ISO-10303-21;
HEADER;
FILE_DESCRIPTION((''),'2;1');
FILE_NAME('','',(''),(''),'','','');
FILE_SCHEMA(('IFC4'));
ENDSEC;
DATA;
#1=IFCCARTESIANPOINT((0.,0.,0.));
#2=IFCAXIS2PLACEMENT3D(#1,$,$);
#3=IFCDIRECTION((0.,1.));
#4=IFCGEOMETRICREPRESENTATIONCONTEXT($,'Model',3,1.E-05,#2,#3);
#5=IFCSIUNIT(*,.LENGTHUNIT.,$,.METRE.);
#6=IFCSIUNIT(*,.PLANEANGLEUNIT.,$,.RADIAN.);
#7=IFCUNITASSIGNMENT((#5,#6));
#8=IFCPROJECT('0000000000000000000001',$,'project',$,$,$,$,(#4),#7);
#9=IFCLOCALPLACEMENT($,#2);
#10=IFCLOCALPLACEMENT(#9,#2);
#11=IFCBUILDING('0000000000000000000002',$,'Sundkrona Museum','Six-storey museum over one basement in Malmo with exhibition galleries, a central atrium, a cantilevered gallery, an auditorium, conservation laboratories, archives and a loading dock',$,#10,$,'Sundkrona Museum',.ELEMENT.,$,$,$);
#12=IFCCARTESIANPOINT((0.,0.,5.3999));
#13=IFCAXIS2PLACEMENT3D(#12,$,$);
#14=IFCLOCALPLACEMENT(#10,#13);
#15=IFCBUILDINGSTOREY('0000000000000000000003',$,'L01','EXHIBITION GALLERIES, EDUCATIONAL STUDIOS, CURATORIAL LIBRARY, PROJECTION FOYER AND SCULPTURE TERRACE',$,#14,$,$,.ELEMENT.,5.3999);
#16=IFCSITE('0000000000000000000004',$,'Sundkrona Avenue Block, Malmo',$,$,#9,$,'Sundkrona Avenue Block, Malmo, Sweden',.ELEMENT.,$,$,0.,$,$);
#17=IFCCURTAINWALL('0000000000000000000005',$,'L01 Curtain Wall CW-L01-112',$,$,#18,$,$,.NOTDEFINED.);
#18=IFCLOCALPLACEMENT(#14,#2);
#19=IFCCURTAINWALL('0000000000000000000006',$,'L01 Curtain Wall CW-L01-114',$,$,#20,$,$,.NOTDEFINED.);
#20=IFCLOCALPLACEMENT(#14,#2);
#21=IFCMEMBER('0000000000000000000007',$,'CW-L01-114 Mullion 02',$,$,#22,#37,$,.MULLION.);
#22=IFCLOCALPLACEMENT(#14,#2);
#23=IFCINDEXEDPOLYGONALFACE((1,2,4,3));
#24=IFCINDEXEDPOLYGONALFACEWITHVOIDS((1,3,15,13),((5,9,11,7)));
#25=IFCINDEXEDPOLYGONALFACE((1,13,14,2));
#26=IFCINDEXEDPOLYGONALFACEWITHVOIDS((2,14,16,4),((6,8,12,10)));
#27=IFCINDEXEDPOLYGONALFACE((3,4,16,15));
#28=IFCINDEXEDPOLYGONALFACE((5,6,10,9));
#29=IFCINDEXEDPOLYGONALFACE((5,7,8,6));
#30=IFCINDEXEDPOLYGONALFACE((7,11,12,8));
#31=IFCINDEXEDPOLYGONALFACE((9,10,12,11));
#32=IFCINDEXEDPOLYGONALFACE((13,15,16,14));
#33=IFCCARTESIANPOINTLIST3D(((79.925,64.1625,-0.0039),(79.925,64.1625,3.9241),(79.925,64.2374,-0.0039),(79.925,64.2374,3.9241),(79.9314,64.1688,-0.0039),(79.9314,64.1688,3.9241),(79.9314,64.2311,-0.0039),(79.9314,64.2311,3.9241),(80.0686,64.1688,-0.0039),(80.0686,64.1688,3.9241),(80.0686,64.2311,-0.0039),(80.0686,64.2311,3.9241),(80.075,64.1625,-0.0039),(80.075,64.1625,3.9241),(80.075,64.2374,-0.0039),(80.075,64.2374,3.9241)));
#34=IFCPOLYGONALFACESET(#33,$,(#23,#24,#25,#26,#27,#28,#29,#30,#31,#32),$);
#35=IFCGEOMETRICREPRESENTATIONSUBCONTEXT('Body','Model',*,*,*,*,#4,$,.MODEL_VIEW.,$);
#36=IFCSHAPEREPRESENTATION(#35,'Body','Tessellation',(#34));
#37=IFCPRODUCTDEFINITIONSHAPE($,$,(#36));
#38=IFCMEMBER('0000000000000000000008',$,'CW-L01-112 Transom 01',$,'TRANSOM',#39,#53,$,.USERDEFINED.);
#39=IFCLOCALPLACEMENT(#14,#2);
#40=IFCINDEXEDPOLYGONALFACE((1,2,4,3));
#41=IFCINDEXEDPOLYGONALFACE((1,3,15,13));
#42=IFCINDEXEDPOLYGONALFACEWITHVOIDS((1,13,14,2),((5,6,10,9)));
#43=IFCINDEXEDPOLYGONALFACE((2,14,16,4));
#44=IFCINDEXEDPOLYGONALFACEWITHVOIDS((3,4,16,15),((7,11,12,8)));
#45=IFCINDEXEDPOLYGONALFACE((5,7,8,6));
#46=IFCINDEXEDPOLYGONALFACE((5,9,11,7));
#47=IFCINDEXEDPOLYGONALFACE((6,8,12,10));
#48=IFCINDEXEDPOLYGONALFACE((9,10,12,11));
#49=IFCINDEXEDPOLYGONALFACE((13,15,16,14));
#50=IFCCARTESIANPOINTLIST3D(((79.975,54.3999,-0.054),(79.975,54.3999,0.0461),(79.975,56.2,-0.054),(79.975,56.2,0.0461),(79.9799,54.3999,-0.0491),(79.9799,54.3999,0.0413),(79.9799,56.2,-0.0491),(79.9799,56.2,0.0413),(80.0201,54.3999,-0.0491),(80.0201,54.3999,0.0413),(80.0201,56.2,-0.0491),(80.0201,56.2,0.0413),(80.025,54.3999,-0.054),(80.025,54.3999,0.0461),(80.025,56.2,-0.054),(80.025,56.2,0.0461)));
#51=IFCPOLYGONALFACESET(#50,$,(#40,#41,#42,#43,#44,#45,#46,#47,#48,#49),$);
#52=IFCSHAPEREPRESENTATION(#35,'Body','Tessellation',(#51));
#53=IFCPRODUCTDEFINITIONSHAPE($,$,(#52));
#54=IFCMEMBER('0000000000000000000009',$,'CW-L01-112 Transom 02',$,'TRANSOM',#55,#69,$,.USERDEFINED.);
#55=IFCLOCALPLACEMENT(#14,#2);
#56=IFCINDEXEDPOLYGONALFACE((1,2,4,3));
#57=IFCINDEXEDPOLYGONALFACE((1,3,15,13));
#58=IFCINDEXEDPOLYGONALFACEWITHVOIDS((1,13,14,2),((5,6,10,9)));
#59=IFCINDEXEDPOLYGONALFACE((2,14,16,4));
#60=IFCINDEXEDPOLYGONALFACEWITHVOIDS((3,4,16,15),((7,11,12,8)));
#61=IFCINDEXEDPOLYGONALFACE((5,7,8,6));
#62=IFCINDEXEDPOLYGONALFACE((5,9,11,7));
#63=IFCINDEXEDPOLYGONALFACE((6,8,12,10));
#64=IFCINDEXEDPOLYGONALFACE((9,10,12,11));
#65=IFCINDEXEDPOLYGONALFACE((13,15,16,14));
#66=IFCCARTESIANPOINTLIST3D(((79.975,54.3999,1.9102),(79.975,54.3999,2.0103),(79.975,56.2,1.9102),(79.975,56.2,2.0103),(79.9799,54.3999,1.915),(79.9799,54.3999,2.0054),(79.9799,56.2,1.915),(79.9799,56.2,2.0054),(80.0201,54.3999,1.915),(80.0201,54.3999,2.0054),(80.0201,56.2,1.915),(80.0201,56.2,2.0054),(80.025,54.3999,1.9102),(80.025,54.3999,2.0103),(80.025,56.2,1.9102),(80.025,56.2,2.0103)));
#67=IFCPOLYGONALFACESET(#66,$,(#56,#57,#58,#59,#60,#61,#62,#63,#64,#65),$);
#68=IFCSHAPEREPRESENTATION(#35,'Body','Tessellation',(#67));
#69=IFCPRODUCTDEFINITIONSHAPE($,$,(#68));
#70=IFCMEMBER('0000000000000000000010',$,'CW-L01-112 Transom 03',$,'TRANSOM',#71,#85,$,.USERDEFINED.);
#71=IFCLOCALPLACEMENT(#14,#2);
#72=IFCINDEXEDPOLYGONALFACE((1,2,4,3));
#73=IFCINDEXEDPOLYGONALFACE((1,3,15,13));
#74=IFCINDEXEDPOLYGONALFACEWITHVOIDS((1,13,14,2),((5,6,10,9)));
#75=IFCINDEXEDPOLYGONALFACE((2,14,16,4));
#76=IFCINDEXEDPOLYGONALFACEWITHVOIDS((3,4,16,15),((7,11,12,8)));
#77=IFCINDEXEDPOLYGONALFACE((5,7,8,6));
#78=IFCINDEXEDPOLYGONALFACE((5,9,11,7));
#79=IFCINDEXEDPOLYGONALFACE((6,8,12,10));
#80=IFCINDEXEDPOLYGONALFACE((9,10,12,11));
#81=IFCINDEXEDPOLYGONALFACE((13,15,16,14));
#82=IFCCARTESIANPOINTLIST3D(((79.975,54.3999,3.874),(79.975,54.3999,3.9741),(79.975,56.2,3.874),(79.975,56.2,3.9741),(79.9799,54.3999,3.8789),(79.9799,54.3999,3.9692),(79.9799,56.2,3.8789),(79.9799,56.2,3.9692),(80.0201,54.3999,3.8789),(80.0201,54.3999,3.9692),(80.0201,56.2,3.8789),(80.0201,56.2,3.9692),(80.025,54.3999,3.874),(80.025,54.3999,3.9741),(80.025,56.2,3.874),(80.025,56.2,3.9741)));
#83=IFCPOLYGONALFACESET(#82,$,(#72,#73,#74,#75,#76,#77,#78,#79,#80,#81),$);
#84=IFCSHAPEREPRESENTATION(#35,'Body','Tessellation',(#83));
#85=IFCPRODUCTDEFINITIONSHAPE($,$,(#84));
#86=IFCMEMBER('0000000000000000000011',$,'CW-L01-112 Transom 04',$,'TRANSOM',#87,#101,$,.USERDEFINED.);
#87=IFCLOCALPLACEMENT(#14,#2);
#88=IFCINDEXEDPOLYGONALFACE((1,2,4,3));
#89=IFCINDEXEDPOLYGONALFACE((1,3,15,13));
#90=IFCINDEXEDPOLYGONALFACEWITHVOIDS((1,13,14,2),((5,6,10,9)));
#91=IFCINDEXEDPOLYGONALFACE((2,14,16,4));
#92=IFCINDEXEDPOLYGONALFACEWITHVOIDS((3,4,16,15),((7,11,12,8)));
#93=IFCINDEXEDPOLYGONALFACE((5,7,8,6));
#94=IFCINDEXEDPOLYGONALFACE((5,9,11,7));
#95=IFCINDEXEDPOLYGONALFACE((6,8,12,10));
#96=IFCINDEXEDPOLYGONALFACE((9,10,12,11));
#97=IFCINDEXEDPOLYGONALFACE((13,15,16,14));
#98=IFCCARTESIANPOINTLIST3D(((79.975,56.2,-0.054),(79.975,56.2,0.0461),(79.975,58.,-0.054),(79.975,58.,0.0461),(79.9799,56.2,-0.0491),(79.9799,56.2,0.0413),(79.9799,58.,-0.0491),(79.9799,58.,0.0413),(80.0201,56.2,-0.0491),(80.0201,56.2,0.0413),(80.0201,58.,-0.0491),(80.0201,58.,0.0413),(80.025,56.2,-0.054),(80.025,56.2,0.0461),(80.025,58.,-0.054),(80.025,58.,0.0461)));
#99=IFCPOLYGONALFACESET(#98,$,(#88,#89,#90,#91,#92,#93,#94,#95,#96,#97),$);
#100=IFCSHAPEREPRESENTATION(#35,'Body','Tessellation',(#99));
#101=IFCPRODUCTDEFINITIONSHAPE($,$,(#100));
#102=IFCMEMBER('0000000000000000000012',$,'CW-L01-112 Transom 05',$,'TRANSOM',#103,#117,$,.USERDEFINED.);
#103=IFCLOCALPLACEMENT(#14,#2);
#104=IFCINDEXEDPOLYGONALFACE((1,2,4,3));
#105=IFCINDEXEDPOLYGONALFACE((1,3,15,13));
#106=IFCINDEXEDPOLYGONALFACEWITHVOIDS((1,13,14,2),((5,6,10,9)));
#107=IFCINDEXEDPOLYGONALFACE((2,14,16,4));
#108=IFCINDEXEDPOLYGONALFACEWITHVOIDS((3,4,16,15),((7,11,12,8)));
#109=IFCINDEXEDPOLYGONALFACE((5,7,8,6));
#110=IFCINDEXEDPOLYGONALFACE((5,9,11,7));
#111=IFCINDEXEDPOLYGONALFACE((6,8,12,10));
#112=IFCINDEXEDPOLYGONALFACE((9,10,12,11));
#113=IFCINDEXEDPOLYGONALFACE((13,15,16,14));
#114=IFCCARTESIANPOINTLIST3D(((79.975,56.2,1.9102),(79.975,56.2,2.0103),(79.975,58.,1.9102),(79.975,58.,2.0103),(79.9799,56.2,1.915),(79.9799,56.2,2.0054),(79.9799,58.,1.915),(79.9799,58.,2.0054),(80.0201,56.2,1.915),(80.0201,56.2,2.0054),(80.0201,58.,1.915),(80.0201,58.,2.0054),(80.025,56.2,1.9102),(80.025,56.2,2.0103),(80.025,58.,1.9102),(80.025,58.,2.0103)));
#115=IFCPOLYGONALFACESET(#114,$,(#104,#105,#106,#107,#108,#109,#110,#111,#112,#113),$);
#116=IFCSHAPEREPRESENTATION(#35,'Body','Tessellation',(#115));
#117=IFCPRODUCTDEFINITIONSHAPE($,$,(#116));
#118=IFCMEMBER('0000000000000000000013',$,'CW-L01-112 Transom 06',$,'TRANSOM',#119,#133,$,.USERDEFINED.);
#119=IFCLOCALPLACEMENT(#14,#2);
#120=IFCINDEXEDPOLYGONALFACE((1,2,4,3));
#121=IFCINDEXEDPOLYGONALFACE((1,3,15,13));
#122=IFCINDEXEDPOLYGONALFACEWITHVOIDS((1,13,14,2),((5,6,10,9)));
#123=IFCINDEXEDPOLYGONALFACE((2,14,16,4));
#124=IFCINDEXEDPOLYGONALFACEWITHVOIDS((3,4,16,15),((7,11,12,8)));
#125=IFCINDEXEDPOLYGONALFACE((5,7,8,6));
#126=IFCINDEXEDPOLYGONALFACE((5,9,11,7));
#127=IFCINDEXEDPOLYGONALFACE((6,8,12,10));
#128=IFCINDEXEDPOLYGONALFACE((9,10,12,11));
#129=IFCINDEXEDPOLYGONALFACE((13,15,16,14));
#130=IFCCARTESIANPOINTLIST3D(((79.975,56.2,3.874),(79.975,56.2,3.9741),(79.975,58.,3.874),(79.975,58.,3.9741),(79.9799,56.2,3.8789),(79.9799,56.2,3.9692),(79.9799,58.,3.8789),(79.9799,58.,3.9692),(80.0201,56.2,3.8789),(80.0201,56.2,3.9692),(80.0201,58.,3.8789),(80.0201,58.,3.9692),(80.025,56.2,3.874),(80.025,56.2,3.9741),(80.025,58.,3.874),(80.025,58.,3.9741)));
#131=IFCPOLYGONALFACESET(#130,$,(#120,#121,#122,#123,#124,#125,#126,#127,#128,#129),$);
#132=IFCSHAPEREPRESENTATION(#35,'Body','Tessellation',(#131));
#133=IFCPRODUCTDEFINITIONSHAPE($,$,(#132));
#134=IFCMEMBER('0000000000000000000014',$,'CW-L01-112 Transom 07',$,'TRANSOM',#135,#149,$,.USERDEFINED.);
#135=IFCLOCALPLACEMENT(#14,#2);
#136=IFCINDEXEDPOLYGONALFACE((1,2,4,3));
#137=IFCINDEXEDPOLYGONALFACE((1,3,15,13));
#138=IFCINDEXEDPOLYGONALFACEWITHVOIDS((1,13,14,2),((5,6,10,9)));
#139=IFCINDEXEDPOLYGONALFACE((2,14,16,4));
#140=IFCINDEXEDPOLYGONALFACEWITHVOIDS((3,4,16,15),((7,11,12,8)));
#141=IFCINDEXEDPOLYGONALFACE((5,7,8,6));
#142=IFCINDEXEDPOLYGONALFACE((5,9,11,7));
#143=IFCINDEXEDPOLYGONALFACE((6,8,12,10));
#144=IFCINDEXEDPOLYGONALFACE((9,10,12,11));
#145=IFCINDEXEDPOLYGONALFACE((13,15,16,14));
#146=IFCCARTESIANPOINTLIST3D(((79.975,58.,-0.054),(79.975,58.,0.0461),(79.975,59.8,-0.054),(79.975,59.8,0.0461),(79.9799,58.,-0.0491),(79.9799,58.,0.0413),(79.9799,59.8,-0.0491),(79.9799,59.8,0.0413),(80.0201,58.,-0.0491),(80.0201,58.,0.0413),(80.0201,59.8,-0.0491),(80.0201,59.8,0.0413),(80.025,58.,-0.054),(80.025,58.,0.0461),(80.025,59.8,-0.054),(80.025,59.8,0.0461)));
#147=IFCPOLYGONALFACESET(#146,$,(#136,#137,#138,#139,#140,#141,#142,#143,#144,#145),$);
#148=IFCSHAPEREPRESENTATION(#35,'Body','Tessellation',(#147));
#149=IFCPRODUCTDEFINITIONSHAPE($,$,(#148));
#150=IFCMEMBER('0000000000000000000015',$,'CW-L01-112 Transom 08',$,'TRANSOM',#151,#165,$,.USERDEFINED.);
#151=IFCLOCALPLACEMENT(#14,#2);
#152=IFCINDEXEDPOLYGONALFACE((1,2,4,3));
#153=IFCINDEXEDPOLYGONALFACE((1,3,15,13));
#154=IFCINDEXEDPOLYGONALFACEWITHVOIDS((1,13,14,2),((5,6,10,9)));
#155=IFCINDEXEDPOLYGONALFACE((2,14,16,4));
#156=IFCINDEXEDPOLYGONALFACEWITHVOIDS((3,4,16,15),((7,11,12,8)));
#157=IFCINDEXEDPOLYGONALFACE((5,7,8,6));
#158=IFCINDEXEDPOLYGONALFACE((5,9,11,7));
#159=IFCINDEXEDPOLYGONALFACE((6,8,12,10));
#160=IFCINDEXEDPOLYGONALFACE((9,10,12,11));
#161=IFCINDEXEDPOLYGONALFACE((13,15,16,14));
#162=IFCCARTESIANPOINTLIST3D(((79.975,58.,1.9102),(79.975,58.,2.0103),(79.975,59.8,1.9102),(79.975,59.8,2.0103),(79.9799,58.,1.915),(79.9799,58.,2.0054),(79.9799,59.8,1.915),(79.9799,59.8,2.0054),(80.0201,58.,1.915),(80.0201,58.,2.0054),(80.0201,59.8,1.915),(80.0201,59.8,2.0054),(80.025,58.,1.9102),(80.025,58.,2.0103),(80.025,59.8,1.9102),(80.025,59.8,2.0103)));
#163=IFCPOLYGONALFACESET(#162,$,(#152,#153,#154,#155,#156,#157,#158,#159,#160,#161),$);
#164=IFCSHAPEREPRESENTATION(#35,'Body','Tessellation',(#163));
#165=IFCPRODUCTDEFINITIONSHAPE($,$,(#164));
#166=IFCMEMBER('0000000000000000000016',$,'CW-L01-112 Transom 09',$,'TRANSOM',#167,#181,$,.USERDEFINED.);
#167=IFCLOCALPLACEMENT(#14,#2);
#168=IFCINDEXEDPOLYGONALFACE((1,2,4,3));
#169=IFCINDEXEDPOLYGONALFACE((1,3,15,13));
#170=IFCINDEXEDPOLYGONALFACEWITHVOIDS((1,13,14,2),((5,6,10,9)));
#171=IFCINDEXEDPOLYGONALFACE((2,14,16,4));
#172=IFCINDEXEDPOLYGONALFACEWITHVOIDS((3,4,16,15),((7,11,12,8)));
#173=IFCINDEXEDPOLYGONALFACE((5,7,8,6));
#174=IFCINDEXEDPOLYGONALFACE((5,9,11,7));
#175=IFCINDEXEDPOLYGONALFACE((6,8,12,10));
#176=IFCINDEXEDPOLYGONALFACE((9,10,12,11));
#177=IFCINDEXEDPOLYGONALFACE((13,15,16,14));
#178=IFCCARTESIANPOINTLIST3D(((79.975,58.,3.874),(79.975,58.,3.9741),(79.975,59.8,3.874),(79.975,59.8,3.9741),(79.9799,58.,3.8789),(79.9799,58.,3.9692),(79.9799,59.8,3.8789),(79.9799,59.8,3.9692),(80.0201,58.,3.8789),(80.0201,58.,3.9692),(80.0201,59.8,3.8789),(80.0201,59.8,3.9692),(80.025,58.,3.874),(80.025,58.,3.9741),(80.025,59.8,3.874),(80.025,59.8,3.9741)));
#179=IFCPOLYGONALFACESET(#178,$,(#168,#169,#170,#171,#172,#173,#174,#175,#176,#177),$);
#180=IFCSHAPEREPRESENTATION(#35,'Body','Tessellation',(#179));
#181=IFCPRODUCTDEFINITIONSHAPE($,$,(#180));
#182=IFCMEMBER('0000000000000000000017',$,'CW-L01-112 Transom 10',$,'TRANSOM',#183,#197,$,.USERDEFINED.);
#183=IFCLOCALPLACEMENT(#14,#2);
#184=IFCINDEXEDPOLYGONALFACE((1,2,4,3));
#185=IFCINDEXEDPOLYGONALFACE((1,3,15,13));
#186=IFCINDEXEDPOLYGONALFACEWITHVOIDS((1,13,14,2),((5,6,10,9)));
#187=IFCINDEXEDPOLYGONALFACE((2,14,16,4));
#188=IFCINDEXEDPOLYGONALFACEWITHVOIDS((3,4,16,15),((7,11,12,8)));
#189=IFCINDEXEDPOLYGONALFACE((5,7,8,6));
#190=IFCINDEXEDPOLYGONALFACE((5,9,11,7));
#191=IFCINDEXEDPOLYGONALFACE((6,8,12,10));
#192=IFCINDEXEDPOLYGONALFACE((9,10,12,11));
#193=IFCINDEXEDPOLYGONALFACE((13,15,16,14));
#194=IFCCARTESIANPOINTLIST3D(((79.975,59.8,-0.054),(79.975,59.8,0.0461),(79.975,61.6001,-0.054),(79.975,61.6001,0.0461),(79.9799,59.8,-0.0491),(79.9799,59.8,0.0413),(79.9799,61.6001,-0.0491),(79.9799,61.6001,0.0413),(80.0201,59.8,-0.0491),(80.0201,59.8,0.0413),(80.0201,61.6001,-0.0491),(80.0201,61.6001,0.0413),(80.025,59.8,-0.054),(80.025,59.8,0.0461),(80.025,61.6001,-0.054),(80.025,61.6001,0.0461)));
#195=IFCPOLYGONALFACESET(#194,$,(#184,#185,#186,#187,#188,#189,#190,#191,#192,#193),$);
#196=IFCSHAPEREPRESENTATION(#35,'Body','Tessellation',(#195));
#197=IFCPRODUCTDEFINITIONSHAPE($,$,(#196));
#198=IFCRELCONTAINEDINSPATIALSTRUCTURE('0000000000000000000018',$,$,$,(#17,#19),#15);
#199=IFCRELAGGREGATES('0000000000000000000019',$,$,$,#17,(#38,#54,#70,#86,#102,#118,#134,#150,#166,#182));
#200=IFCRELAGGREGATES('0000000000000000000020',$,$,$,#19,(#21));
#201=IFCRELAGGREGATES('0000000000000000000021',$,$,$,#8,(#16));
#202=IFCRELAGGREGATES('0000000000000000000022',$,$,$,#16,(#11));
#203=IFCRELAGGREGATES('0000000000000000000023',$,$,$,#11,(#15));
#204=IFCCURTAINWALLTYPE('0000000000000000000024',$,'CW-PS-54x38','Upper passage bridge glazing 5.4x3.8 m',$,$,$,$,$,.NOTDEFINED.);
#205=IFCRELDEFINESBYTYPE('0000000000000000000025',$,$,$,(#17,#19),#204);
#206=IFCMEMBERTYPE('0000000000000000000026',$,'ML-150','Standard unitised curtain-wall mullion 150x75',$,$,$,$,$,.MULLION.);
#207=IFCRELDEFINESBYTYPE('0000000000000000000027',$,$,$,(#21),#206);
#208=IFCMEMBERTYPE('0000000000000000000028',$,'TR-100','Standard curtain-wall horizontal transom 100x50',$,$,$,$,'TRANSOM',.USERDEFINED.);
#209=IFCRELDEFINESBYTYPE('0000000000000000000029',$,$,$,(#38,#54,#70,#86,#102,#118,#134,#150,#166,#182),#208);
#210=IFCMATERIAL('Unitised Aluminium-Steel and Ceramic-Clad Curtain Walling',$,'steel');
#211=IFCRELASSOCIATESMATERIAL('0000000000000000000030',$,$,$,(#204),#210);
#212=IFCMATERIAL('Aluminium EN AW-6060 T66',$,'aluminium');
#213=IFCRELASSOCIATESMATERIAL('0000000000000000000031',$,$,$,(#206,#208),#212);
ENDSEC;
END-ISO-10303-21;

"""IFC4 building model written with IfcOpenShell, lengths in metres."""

from ifc_helpers import new_model, si_unit, direction, frame, origin, origin_2d, place, context, subcontext, project, spatial, hollow_rectangle, extrude, material, material_profile, profile_set, type_object, element, aggregate, save


model = new_model("IFC4")

# Units and contexts
model_context = context("Model", 3, precision=1e-05, world=origin(), true_north=direction((0.0, 1.0)))
body_context = subcontext(model_context, "Body", "Model", "MODEL_VIEW")
ifc_project = project(units=[si_unit("LENGTHUNIT", "METRE"), si_unit("PLANEANGLEUNIT", "RADIAN")], contexts=[model_context])

# Site, building, storey
site_placement = place(None, origin())
site = spatial("IfcSite", under=ifc_project, at=site_placement, Name="Sundkrona Avenue Block, Malmo", LongName="Sundkrona Avenue Block, Malmo, Sweden", CompositionType="ELEMENT", RefElevation=0.0)
building_placement = place(site_placement, origin())
building = spatial("IfcBuilding", under=site, at=building_placement, Name="Sundkrona Museum", Description="Six-storey museum over one basement in Malmo with exhibition galleries, a central atrium, a cantilevered gallery, an auditorium, conservation laboratories, archives and a loading dock", LongName="Sundkrona Museum", CompositionType="ELEMENT")
storey_placement = place(building_placement, frame((0.0, 0.0, 5.3999)))
storey = spatial("IfcBuildingStorey", under=building, at=storey_placement, Name="L01", Description="EXHIBITION GALLERIES, EDUCATIONAL STUDIOS, CURATORIAL LIBRARY, PROJECTION FOYER AND SCULPTURE TERRACE", CompositionType="ELEMENT", Elevation=5.3999)

# Curtain walls, member
ifc_material_1 = material(Name="Unitised Aluminium-Steel and Ceramic-Clad Curtain Walling", Category="steel")
curtain_wall_type = type_object("IfcCurtainWallType", Name="CW-PS-54x38", Description="Upper passage bridge glazing 5.4x3.8 m", PredefinedType="NOTDEFINED", material=ifc_material_1)
curtain_wall_1_placement = place(storey_placement, origin())
curtain_wall_1 = element("IfcCurtainWall", 1, at=curtain_wall_1_placement, inside=storey, type_object=curtain_wall_type, Name="L01 Curtain Wall CW-L01-112", PredefinedType="NOTDEFINED")
ifc_material_2 = material(Name="Aluminium EN AW-6060 T66", Category="aluminium")
ifc_material_profile_1 = material_profile(ifc_material_2, hollow_rectangle(XDim=0.075, YDim=0.1499, WallThickness=0.0063, at=origin_2d()), Name="RHS 150x75x6.3")
ifc_profile_set_1 = profile_set([ifc_material_profile_1], Name="Aluminium EN AW-6060 T66")
member_type_1 = type_object("IfcMemberType", Name="ML-150", Description="Standard unitised curtain-wall mullion 150x75", PredefinedType="MULLION", material=ifc_profile_set_1)
curtain_wall_2_placement = place(storey_placement, origin())
curtain_wall_2 = element("IfcCurtainWall", 2, at=curtain_wall_2_placement, inside=storey, type_object=curtain_wall_type, Name="L01 Curtain Wall CW-L01-114", PredefinedType="NOTDEFINED")
member_1_placement = place(storey_placement, frame((80.0, 64.2, -0.0039), z_axis=(0.0, 0.0, 1.0), x_axis=(0.0, 1.0, 0.0)))
member_1 = element("IfcMember", 3, at=member_1_placement, type_object=member_type_1, Name="CW-L01-114 Mullion 02", PredefinedType="MULLION", context=body_context, shape_type="SweptSolid", body=[
    extrude(hollow_rectangle(XDim=0.075, YDim=0.1499, WallThickness=0.0063, at=origin_2d()), origin(), (0.0, 0.0, 1.0), 3.928),
])

# Members
ifc_material_profile_2 = material_profile(ifc_material_2, hollow_rectangle(XDim=0.05, YDim=0.1001, WallThickness=0.0049, at=origin_2d()), Name="RHS 100x50x5.0")
ifc_profile_set_2 = profile_set([ifc_material_profile_2], Name="Aluminium EN AW-6060 T66")
member_type_2 = type_object("IfcMemberType", Name="TR-100", Description="Standard curtain-wall horizontal transom 100x50", ElementType="TRANSOM", PredefinedType="USERDEFINED", material=ifc_profile_set_2)
member_2_placement = place(storey_placement, frame((80.0, 54.3999, -0.0039), z_axis=(0.0, 1.0, 0.0), x_axis=(-1.0, 0.0, 0.0)))
member_2 = element("IfcMember", 4, at=member_2_placement, type_object=member_type_2, Name="CW-L01-112 Transom 01", ObjectType="TRANSOM", PredefinedType="USERDEFINED", context=body_context, shape_type="SweptSolid", body=[
    extrude(hollow_rectangle(XDim=0.05, YDim=0.1001, WallThickness=0.0049, at=origin_2d()), origin(), (0.0, 0.0, 1.0), 1.8),
])
member_3_placement = place(storey_placement, frame((80.0, 54.3999, 1.9602), z_axis=(0.0, 1.0, 0.0), x_axis=(-1.0, 0.0, 0.0)))
member_3 = element("IfcMember", 5, at=member_3_placement, type_object=member_type_2, Name="CW-L01-112 Transom 02", ObjectType="TRANSOM", PredefinedType="USERDEFINED", context=body_context, shape_type="SweptSolid", body=[
    extrude(hollow_rectangle(XDim=0.05, YDim=0.1001, WallThickness=0.0049, at=origin_2d()), origin(), (0.0, 0.0, 1.0), 1.8),
])
member_4_placement = place(storey_placement, frame((80.0, 54.3999, 3.9241), z_axis=(0.0, 1.0, 0.0), x_axis=(-1.0, 0.0, 0.0)))
member_4 = element("IfcMember", 6, at=member_4_placement, type_object=member_type_2, Name="CW-L01-112 Transom 03", ObjectType="TRANSOM", PredefinedType="USERDEFINED", context=body_context, shape_type="SweptSolid", body=[
    extrude(hollow_rectangle(XDim=0.05, YDim=0.1001, WallThickness=0.0049, at=origin_2d()), origin(), (0.0, 0.0, 1.0), 1.8),
])
member_5_placement = place(storey_placement, frame((80.0, 56.2, -0.0039), z_axis=(0.0, 1.0, 0.0), x_axis=(-1.0, 0.0, 0.0)))
member_5 = element("IfcMember", 7, at=member_5_placement, type_object=member_type_2, Name="CW-L01-112 Transom 04", ObjectType="TRANSOM", PredefinedType="USERDEFINED", context=body_context, shape_type="SweptSolid", body=[
    extrude(hollow_rectangle(XDim=0.05, YDim=0.1001, WallThickness=0.0049, at=origin_2d()), origin(), (0.0, 0.0, 1.0), 1.8),
])
member_6_placement = place(storey_placement, frame((80.0, 56.2, 1.9602), z_axis=(0.0, 1.0, 0.0), x_axis=(-1.0, 0.0, 0.0)))
member_6 = element("IfcMember", 8, at=member_6_placement, type_object=member_type_2, Name="CW-L01-112 Transom 05", ObjectType="TRANSOM", PredefinedType="USERDEFINED", context=body_context, shape_type="SweptSolid", body=[
    extrude(hollow_rectangle(XDim=0.05, YDim=0.1001, WallThickness=0.0049, at=origin_2d()), origin(), (0.0, 0.0, 1.0), 1.8),
])
member_7_placement = place(storey_placement, frame((80.0, 56.2, 3.9241), z_axis=(0.0, 1.0, 0.0), x_axis=(-1.0, 0.0, 0.0)))
member_7 = element("IfcMember", 9, at=member_7_placement, type_object=member_type_2, Name="CW-L01-112 Transom 06", ObjectType="TRANSOM", PredefinedType="USERDEFINED", context=body_context, shape_type="SweptSolid", body=[
    extrude(hollow_rectangle(XDim=0.05, YDim=0.1001, WallThickness=0.0049, at=origin_2d()), origin(), (0.0, 0.0, 1.0), 1.8),
])
member_8_placement = place(storey_placement, frame((80.0, 58.0, -0.0039), z_axis=(0.0, 1.0, 0.0), x_axis=(-1.0, 0.0, 0.0)))
member_8 = element("IfcMember", 10, at=member_8_placement, type_object=member_type_2, Name="CW-L01-112 Transom 07", ObjectType="TRANSOM", PredefinedType="USERDEFINED", context=body_context, shape_type="SweptSolid", body=[
    extrude(hollow_rectangle(XDim=0.05, YDim=0.1001, WallThickness=0.0049, at=origin_2d()), origin(), (0.0, 0.0, 1.0), 1.8),
])
member_9_placement = place(storey_placement, frame((80.0, 58.0, 1.9602), z_axis=(0.0, 1.0, 0.0), x_axis=(-1.0, 0.0, 0.0)))
member_9 = element("IfcMember", 11, at=member_9_placement, type_object=member_type_2, Name="CW-L01-112 Transom 08", ObjectType="TRANSOM", PredefinedType="USERDEFINED", context=body_context, shape_type="SweptSolid", body=[
    extrude(hollow_rectangle(XDim=0.05, YDim=0.1001, WallThickness=0.0049, at=origin_2d()), origin(), (0.0, 0.0, 1.0), 1.8),
])
member_10_placement = place(storey_placement, frame((80.0, 58.0, 3.9241), z_axis=(0.0, 1.0, 0.0), x_axis=(-1.0, 0.0, 0.0)))
member_10 = element("IfcMember", 12, at=member_10_placement, type_object=member_type_2, Name="CW-L01-112 Transom 09", ObjectType="TRANSOM", PredefinedType="USERDEFINED", context=body_context, shape_type="SweptSolid", body=[
    extrude(hollow_rectangle(XDim=0.05, YDim=0.1001, WallThickness=0.0049, at=origin_2d()), origin(), (0.0, 0.0, 1.0), 1.8),
])
member_11_placement = place(storey_placement, frame((80.0, 59.8, -0.0039), z_axis=(0.0, 1.0, 0.0), x_axis=(-1.0, 0.0, 0.0)))
member_11 = element("IfcMember", 13, at=member_11_placement, type_object=member_type_2, Name="CW-L01-112 Transom 10", ObjectType="TRANSOM", PredefinedType="USERDEFINED", context=body_context, shape_type="SweptSolid", body=[
    extrude(hollow_rectangle(XDim=0.05, YDim=0.1001, WallThickness=0.0049, at=origin_2d()), origin(), (0.0, 0.0, 1.0), 1.8),
])

aggregate(curtain_wall_1, [member_2, member_3, member_4, member_5, member_6, member_7, member_8, member_9, member_10, member_11])
aggregate(curtain_wall_2, [member_1])

save(model, "model.ifc")
